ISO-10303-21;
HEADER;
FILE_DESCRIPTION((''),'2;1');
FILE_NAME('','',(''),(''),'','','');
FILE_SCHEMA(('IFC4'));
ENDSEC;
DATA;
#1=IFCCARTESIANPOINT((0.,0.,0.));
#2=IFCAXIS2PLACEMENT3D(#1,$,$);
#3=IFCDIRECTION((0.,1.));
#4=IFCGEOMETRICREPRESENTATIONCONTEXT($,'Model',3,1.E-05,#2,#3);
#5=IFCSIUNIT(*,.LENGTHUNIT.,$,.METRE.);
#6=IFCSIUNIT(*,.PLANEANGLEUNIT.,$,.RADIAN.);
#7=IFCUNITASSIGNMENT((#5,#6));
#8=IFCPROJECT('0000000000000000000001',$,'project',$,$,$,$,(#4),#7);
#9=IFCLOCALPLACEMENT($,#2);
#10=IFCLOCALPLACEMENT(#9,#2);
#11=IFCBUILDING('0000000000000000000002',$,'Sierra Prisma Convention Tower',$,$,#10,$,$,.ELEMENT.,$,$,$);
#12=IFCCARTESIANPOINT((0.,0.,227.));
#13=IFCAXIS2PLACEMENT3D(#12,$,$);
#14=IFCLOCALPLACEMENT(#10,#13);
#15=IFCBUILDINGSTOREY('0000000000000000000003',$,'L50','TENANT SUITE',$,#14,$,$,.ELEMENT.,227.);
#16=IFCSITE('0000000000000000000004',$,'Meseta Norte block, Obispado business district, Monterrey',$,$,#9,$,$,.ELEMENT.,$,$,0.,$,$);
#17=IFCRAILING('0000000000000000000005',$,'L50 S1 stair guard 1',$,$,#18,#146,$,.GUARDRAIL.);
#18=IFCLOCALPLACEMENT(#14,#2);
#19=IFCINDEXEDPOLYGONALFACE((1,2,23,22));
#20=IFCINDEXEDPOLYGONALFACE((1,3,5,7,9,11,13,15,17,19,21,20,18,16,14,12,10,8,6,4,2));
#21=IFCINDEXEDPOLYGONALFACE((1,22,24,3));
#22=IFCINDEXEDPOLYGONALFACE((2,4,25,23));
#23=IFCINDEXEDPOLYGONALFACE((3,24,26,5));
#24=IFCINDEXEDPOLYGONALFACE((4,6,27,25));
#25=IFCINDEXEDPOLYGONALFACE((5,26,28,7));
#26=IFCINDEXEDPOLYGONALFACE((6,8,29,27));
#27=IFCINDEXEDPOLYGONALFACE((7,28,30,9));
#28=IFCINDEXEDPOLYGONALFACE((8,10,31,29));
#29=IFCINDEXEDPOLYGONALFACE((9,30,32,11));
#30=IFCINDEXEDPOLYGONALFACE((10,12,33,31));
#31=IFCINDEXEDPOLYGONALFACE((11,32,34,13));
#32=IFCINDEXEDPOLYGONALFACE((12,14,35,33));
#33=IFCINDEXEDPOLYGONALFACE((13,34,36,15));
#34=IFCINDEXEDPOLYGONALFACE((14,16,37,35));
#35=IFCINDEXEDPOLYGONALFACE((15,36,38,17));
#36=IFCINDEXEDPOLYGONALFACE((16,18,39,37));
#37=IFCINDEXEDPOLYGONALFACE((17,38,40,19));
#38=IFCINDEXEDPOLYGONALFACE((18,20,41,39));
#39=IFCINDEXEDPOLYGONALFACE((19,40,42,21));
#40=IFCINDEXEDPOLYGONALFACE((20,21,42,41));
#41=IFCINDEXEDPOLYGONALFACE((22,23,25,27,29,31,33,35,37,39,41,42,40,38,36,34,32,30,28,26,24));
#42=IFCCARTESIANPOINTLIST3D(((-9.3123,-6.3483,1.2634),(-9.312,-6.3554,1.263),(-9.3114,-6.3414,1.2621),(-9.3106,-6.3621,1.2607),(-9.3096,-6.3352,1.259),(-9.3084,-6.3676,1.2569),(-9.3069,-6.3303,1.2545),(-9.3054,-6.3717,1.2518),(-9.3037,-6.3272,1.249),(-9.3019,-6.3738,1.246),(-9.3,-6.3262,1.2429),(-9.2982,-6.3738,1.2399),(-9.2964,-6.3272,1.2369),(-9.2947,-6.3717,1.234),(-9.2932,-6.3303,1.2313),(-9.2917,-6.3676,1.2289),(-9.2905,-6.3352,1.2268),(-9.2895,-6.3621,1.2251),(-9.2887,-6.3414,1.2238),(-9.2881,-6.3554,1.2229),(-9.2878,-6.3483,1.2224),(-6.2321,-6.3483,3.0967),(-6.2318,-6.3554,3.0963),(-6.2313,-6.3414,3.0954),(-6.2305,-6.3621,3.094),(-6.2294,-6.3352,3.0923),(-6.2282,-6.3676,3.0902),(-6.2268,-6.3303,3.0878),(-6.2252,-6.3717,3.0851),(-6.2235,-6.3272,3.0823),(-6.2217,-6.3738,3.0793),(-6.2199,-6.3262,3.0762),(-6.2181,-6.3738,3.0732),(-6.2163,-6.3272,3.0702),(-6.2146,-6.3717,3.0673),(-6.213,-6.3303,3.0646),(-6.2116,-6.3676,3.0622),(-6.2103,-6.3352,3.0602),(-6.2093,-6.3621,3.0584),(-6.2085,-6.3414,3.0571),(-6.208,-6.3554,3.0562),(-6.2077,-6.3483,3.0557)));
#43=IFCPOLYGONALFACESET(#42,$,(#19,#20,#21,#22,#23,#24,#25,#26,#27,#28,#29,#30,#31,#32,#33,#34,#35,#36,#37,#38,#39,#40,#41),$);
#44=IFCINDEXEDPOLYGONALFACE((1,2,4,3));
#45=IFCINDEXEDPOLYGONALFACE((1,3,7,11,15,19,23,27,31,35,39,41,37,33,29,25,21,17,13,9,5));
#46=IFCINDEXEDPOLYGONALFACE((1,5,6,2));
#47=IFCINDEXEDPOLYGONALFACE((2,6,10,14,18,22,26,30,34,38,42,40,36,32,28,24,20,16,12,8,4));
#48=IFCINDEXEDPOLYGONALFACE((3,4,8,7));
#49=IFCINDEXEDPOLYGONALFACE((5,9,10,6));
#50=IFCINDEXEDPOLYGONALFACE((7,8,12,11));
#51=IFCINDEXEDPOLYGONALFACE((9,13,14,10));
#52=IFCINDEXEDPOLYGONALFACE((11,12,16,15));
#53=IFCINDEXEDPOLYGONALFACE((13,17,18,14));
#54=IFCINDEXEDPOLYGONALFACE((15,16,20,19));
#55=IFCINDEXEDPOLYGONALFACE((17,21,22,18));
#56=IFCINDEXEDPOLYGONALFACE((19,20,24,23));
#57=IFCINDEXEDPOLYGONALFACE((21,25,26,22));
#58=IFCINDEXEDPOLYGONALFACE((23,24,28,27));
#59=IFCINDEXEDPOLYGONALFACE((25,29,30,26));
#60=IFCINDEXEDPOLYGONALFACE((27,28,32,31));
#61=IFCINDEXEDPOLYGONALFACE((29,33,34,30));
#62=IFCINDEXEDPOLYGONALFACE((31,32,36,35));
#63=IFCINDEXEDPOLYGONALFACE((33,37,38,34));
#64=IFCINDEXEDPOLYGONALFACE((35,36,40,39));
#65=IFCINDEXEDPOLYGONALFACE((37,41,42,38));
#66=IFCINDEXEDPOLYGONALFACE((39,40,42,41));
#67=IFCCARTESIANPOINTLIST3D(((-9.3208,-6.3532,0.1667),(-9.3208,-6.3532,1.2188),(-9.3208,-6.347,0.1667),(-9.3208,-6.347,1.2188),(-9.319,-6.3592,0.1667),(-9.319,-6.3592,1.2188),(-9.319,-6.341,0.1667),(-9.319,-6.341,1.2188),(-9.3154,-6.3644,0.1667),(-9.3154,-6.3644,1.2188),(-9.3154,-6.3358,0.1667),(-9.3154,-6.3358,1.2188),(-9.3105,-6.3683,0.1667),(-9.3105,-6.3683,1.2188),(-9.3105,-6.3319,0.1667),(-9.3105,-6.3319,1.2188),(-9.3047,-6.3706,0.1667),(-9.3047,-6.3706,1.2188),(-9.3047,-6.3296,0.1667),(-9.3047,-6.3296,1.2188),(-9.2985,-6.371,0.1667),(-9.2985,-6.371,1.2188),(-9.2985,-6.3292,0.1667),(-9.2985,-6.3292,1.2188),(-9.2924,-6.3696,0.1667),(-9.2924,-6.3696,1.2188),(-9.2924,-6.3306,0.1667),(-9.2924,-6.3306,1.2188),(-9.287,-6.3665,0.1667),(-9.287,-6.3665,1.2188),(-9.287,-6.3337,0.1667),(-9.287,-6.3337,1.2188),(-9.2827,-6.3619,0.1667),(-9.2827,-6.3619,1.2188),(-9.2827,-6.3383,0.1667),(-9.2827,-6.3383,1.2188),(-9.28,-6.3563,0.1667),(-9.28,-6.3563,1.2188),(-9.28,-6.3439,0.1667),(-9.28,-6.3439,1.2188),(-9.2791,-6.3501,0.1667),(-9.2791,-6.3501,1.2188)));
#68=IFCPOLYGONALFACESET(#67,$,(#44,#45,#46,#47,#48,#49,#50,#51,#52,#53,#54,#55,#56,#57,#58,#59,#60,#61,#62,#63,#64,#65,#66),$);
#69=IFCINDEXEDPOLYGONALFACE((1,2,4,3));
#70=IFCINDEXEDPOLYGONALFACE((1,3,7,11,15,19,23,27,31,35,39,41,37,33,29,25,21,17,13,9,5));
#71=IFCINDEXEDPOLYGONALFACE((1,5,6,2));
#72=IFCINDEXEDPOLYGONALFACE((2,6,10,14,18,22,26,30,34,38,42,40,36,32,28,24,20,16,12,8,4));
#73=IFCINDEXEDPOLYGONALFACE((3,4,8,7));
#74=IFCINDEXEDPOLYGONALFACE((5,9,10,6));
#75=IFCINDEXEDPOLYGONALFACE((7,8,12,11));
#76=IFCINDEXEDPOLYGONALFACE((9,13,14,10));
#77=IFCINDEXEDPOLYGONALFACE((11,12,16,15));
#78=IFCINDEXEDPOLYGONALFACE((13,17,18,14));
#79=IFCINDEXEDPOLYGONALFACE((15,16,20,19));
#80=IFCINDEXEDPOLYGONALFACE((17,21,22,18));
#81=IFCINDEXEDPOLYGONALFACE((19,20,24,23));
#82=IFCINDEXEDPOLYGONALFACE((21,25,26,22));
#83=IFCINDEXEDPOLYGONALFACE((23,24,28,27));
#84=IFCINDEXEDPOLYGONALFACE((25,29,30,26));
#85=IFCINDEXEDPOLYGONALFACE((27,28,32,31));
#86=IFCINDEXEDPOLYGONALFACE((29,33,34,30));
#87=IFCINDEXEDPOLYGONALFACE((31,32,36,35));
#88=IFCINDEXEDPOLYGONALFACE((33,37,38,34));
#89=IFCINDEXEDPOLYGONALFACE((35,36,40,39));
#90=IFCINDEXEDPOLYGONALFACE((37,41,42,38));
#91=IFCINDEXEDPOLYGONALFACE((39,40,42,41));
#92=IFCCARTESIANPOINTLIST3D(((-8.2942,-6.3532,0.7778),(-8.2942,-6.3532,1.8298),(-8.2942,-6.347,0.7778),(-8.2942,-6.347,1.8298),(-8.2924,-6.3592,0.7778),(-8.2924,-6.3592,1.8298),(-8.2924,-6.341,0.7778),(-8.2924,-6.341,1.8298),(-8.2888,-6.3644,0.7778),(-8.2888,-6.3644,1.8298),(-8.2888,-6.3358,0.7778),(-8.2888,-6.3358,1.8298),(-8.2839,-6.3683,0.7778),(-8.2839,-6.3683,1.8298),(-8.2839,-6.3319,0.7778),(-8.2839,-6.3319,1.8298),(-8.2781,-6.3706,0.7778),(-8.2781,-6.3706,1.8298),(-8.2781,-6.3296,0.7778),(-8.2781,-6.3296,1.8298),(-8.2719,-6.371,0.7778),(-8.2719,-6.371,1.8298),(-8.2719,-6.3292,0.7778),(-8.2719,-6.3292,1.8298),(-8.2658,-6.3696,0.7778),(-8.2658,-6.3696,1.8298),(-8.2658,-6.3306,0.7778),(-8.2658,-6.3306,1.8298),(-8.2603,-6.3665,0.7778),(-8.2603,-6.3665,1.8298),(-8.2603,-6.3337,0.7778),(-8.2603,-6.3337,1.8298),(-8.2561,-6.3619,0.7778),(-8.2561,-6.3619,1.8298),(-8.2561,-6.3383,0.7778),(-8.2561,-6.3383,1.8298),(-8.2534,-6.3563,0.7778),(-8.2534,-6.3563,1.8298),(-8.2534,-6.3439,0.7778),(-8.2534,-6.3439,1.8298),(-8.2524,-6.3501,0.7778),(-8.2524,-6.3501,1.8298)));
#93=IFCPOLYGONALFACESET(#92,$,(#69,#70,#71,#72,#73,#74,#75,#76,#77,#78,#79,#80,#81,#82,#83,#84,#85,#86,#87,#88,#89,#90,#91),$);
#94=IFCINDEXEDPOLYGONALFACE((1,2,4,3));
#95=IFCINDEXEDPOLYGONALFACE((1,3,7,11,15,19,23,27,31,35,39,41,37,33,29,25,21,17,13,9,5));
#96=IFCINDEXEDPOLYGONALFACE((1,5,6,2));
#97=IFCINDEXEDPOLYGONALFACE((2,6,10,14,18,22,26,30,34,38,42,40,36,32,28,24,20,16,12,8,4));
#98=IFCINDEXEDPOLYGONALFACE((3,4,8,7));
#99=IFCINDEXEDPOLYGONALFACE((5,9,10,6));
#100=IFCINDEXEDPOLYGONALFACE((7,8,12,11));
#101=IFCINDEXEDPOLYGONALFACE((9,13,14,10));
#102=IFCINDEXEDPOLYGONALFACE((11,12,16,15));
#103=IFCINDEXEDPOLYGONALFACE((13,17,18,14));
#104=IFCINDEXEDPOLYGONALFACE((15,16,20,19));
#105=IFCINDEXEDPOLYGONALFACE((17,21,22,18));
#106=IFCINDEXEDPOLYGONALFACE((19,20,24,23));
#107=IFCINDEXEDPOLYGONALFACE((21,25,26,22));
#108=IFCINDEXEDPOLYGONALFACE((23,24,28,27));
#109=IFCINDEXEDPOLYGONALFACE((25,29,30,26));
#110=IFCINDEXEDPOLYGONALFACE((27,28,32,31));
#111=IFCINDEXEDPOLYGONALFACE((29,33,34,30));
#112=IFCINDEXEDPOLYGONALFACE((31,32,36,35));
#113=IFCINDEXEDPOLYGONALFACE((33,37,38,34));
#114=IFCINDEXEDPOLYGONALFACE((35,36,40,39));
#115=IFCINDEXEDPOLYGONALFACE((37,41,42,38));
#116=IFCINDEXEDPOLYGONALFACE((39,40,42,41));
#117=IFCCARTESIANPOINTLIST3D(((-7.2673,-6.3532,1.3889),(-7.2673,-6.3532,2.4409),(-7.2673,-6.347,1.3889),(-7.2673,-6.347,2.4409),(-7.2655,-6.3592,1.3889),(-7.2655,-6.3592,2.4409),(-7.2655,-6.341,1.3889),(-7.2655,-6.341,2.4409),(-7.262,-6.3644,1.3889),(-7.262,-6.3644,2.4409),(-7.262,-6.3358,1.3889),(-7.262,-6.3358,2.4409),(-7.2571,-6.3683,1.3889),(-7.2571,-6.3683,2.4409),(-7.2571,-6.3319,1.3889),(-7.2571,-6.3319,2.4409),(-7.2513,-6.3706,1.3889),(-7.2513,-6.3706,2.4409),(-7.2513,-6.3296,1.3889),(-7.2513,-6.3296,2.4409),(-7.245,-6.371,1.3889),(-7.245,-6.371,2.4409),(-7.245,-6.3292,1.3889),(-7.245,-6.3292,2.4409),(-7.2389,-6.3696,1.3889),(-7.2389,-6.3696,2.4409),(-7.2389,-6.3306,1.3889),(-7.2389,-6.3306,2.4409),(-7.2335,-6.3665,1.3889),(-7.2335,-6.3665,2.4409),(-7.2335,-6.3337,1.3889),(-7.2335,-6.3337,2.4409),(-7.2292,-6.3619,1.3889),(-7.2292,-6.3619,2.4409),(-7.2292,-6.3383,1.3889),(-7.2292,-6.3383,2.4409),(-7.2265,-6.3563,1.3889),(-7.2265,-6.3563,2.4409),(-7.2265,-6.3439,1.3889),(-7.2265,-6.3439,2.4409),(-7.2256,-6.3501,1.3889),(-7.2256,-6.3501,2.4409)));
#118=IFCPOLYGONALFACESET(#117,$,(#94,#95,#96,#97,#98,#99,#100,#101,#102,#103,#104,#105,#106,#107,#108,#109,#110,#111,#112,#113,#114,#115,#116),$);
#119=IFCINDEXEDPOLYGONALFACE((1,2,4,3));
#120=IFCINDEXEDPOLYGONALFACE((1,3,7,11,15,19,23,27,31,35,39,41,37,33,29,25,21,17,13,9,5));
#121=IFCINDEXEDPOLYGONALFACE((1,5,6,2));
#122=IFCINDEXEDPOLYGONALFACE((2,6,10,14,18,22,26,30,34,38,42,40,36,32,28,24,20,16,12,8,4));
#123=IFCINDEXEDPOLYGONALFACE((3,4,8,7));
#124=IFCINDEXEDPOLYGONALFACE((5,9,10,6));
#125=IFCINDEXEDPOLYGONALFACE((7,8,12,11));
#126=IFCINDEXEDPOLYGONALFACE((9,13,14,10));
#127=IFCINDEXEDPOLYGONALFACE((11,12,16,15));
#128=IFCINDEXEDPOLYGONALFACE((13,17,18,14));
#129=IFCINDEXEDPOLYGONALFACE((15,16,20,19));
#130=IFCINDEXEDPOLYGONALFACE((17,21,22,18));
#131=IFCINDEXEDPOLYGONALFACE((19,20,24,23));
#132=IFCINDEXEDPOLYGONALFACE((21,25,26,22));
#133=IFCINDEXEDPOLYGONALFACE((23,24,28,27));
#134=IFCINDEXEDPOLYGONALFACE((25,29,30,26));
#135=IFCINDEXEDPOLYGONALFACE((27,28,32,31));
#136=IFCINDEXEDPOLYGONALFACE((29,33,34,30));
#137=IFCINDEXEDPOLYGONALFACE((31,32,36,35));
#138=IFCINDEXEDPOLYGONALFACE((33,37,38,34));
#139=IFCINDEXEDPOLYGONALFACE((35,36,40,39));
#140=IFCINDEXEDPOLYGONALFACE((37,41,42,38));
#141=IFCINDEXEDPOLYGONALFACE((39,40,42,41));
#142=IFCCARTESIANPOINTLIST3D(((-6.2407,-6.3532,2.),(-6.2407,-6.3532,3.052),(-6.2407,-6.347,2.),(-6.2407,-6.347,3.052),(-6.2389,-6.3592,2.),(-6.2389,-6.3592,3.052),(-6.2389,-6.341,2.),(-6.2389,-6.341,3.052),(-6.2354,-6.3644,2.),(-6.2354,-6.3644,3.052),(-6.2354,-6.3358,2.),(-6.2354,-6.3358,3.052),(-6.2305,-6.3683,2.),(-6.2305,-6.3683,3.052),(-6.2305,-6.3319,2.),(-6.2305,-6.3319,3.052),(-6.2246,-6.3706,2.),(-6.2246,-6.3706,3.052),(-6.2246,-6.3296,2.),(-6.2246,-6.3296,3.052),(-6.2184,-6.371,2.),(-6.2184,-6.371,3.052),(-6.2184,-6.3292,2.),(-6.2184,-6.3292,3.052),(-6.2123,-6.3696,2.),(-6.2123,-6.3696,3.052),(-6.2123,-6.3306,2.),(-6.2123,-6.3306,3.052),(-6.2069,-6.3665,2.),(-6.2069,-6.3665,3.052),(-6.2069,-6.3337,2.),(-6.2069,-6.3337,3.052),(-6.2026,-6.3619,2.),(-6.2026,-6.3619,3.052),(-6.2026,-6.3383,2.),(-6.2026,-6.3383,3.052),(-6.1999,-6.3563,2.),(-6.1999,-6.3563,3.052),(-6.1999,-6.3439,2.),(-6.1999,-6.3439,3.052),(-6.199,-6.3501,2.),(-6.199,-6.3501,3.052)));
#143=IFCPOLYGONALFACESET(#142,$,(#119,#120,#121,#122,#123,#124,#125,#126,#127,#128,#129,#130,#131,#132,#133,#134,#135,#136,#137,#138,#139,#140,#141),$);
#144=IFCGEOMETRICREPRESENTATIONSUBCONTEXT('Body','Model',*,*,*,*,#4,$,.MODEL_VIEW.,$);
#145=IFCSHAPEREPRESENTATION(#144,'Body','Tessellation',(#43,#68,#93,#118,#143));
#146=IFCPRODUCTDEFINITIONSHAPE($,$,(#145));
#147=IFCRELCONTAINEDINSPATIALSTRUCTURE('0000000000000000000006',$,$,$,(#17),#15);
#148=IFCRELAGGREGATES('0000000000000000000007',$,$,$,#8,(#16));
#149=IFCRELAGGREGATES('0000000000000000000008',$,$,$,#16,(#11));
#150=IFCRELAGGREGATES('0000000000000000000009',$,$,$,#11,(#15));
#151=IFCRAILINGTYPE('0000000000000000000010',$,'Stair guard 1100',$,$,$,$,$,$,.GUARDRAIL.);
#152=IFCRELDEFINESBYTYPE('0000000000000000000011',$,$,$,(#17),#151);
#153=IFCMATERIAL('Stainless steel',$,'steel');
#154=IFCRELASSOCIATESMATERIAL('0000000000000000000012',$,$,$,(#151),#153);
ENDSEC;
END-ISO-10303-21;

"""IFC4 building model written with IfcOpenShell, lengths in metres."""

from ifc_helpers import new_model, si_unit, direction, frame, origin, origin_2d, place, context, subcontext, project, spatial, circle, extrude, material, type_object, element, save


model = new_model("IFC4")

# Units and contexts
model_context = context("Model", 3, precision=1e-05, world=origin(), true_north=direction((0.0, 1.0)))
body_context = subcontext(model_context, "Body", "Model", "MODEL_VIEW")
ifc_project = project(units=[si_unit("LENGTHUNIT", "METRE"), si_unit("PLANEANGLEUNIT", "RADIAN")], contexts=[model_context])

# Site, building, storey
site_placement = place(None, origin())
site = spatial("IfcSite", under=ifc_project, at=site_placement, Name="Meseta Norte block, Obispado business district, Monterrey", CompositionType="ELEMENT", RefElevation=0.0)
building_placement = place(site_placement, origin())
building = spatial("IfcBuilding", under=site, at=building_placement, Name="Sierra Prisma Convention Tower", CompositionType="ELEMENT")
storey_placement = place(building_placement, frame((0.0, 0.0, 227.0)))
storey = spatial("IfcBuildingStorey", under=building, at=storey_placement, Name="L50", Description="TENANT SUITE", CompositionType="ELEMENT", Elevation=227.0)

# Railing
ifc_material_1 = material(Name="Stainless steel", Category="steel")
railing_type_1 = type_object("IfcRailingType", Name="Stair guard 1100", PredefinedType="GUARDRAIL", material=ifc_material_1)
railing_1_placement = place(storey_placement, frame((-9.3, -6.3501, 0.1667)))
element("IfcRailing", 1, at=railing_1_placement, inside=storey, type_object=railing_type_1, Name="L50 S1 stair guard 1", PredefinedType="GUARDRAIL", context=body_context, shape_type="SweptSolid", body=[
    extrude(circle(Radius=0.0239, at=origin_2d()), frame((0.0, 0.0, 1.0762), z_axis=(0.859309, 0.0, 0.511458), x_axis=(0.0, 1.0, 0.0)), (0.0, 0.0, 1.0), 3.5845),
    extrude(circle(Radius=0.021, at=origin_2d()), origin(), (0.0, 0.0, 1.0), 1.052),
    extrude(circle(Radius=0.021, at=origin_2d()), frame((1.0266, 0.0, 0.6111)), (0.0, 0.0, 1.0), 1.052),
    extrude(circle(Radius=0.021, at=origin_2d()), frame((2.0535, 0.0, 1.2222)), (0.0, 0.0, 1.0), 1.052),
    extrude(circle(Radius=0.021, at=origin_2d()), frame((3.0801, 0.0, 1.8333)), (0.0, 0.0, 1.0), 1.052),
])

save(model, "model.ifc")
